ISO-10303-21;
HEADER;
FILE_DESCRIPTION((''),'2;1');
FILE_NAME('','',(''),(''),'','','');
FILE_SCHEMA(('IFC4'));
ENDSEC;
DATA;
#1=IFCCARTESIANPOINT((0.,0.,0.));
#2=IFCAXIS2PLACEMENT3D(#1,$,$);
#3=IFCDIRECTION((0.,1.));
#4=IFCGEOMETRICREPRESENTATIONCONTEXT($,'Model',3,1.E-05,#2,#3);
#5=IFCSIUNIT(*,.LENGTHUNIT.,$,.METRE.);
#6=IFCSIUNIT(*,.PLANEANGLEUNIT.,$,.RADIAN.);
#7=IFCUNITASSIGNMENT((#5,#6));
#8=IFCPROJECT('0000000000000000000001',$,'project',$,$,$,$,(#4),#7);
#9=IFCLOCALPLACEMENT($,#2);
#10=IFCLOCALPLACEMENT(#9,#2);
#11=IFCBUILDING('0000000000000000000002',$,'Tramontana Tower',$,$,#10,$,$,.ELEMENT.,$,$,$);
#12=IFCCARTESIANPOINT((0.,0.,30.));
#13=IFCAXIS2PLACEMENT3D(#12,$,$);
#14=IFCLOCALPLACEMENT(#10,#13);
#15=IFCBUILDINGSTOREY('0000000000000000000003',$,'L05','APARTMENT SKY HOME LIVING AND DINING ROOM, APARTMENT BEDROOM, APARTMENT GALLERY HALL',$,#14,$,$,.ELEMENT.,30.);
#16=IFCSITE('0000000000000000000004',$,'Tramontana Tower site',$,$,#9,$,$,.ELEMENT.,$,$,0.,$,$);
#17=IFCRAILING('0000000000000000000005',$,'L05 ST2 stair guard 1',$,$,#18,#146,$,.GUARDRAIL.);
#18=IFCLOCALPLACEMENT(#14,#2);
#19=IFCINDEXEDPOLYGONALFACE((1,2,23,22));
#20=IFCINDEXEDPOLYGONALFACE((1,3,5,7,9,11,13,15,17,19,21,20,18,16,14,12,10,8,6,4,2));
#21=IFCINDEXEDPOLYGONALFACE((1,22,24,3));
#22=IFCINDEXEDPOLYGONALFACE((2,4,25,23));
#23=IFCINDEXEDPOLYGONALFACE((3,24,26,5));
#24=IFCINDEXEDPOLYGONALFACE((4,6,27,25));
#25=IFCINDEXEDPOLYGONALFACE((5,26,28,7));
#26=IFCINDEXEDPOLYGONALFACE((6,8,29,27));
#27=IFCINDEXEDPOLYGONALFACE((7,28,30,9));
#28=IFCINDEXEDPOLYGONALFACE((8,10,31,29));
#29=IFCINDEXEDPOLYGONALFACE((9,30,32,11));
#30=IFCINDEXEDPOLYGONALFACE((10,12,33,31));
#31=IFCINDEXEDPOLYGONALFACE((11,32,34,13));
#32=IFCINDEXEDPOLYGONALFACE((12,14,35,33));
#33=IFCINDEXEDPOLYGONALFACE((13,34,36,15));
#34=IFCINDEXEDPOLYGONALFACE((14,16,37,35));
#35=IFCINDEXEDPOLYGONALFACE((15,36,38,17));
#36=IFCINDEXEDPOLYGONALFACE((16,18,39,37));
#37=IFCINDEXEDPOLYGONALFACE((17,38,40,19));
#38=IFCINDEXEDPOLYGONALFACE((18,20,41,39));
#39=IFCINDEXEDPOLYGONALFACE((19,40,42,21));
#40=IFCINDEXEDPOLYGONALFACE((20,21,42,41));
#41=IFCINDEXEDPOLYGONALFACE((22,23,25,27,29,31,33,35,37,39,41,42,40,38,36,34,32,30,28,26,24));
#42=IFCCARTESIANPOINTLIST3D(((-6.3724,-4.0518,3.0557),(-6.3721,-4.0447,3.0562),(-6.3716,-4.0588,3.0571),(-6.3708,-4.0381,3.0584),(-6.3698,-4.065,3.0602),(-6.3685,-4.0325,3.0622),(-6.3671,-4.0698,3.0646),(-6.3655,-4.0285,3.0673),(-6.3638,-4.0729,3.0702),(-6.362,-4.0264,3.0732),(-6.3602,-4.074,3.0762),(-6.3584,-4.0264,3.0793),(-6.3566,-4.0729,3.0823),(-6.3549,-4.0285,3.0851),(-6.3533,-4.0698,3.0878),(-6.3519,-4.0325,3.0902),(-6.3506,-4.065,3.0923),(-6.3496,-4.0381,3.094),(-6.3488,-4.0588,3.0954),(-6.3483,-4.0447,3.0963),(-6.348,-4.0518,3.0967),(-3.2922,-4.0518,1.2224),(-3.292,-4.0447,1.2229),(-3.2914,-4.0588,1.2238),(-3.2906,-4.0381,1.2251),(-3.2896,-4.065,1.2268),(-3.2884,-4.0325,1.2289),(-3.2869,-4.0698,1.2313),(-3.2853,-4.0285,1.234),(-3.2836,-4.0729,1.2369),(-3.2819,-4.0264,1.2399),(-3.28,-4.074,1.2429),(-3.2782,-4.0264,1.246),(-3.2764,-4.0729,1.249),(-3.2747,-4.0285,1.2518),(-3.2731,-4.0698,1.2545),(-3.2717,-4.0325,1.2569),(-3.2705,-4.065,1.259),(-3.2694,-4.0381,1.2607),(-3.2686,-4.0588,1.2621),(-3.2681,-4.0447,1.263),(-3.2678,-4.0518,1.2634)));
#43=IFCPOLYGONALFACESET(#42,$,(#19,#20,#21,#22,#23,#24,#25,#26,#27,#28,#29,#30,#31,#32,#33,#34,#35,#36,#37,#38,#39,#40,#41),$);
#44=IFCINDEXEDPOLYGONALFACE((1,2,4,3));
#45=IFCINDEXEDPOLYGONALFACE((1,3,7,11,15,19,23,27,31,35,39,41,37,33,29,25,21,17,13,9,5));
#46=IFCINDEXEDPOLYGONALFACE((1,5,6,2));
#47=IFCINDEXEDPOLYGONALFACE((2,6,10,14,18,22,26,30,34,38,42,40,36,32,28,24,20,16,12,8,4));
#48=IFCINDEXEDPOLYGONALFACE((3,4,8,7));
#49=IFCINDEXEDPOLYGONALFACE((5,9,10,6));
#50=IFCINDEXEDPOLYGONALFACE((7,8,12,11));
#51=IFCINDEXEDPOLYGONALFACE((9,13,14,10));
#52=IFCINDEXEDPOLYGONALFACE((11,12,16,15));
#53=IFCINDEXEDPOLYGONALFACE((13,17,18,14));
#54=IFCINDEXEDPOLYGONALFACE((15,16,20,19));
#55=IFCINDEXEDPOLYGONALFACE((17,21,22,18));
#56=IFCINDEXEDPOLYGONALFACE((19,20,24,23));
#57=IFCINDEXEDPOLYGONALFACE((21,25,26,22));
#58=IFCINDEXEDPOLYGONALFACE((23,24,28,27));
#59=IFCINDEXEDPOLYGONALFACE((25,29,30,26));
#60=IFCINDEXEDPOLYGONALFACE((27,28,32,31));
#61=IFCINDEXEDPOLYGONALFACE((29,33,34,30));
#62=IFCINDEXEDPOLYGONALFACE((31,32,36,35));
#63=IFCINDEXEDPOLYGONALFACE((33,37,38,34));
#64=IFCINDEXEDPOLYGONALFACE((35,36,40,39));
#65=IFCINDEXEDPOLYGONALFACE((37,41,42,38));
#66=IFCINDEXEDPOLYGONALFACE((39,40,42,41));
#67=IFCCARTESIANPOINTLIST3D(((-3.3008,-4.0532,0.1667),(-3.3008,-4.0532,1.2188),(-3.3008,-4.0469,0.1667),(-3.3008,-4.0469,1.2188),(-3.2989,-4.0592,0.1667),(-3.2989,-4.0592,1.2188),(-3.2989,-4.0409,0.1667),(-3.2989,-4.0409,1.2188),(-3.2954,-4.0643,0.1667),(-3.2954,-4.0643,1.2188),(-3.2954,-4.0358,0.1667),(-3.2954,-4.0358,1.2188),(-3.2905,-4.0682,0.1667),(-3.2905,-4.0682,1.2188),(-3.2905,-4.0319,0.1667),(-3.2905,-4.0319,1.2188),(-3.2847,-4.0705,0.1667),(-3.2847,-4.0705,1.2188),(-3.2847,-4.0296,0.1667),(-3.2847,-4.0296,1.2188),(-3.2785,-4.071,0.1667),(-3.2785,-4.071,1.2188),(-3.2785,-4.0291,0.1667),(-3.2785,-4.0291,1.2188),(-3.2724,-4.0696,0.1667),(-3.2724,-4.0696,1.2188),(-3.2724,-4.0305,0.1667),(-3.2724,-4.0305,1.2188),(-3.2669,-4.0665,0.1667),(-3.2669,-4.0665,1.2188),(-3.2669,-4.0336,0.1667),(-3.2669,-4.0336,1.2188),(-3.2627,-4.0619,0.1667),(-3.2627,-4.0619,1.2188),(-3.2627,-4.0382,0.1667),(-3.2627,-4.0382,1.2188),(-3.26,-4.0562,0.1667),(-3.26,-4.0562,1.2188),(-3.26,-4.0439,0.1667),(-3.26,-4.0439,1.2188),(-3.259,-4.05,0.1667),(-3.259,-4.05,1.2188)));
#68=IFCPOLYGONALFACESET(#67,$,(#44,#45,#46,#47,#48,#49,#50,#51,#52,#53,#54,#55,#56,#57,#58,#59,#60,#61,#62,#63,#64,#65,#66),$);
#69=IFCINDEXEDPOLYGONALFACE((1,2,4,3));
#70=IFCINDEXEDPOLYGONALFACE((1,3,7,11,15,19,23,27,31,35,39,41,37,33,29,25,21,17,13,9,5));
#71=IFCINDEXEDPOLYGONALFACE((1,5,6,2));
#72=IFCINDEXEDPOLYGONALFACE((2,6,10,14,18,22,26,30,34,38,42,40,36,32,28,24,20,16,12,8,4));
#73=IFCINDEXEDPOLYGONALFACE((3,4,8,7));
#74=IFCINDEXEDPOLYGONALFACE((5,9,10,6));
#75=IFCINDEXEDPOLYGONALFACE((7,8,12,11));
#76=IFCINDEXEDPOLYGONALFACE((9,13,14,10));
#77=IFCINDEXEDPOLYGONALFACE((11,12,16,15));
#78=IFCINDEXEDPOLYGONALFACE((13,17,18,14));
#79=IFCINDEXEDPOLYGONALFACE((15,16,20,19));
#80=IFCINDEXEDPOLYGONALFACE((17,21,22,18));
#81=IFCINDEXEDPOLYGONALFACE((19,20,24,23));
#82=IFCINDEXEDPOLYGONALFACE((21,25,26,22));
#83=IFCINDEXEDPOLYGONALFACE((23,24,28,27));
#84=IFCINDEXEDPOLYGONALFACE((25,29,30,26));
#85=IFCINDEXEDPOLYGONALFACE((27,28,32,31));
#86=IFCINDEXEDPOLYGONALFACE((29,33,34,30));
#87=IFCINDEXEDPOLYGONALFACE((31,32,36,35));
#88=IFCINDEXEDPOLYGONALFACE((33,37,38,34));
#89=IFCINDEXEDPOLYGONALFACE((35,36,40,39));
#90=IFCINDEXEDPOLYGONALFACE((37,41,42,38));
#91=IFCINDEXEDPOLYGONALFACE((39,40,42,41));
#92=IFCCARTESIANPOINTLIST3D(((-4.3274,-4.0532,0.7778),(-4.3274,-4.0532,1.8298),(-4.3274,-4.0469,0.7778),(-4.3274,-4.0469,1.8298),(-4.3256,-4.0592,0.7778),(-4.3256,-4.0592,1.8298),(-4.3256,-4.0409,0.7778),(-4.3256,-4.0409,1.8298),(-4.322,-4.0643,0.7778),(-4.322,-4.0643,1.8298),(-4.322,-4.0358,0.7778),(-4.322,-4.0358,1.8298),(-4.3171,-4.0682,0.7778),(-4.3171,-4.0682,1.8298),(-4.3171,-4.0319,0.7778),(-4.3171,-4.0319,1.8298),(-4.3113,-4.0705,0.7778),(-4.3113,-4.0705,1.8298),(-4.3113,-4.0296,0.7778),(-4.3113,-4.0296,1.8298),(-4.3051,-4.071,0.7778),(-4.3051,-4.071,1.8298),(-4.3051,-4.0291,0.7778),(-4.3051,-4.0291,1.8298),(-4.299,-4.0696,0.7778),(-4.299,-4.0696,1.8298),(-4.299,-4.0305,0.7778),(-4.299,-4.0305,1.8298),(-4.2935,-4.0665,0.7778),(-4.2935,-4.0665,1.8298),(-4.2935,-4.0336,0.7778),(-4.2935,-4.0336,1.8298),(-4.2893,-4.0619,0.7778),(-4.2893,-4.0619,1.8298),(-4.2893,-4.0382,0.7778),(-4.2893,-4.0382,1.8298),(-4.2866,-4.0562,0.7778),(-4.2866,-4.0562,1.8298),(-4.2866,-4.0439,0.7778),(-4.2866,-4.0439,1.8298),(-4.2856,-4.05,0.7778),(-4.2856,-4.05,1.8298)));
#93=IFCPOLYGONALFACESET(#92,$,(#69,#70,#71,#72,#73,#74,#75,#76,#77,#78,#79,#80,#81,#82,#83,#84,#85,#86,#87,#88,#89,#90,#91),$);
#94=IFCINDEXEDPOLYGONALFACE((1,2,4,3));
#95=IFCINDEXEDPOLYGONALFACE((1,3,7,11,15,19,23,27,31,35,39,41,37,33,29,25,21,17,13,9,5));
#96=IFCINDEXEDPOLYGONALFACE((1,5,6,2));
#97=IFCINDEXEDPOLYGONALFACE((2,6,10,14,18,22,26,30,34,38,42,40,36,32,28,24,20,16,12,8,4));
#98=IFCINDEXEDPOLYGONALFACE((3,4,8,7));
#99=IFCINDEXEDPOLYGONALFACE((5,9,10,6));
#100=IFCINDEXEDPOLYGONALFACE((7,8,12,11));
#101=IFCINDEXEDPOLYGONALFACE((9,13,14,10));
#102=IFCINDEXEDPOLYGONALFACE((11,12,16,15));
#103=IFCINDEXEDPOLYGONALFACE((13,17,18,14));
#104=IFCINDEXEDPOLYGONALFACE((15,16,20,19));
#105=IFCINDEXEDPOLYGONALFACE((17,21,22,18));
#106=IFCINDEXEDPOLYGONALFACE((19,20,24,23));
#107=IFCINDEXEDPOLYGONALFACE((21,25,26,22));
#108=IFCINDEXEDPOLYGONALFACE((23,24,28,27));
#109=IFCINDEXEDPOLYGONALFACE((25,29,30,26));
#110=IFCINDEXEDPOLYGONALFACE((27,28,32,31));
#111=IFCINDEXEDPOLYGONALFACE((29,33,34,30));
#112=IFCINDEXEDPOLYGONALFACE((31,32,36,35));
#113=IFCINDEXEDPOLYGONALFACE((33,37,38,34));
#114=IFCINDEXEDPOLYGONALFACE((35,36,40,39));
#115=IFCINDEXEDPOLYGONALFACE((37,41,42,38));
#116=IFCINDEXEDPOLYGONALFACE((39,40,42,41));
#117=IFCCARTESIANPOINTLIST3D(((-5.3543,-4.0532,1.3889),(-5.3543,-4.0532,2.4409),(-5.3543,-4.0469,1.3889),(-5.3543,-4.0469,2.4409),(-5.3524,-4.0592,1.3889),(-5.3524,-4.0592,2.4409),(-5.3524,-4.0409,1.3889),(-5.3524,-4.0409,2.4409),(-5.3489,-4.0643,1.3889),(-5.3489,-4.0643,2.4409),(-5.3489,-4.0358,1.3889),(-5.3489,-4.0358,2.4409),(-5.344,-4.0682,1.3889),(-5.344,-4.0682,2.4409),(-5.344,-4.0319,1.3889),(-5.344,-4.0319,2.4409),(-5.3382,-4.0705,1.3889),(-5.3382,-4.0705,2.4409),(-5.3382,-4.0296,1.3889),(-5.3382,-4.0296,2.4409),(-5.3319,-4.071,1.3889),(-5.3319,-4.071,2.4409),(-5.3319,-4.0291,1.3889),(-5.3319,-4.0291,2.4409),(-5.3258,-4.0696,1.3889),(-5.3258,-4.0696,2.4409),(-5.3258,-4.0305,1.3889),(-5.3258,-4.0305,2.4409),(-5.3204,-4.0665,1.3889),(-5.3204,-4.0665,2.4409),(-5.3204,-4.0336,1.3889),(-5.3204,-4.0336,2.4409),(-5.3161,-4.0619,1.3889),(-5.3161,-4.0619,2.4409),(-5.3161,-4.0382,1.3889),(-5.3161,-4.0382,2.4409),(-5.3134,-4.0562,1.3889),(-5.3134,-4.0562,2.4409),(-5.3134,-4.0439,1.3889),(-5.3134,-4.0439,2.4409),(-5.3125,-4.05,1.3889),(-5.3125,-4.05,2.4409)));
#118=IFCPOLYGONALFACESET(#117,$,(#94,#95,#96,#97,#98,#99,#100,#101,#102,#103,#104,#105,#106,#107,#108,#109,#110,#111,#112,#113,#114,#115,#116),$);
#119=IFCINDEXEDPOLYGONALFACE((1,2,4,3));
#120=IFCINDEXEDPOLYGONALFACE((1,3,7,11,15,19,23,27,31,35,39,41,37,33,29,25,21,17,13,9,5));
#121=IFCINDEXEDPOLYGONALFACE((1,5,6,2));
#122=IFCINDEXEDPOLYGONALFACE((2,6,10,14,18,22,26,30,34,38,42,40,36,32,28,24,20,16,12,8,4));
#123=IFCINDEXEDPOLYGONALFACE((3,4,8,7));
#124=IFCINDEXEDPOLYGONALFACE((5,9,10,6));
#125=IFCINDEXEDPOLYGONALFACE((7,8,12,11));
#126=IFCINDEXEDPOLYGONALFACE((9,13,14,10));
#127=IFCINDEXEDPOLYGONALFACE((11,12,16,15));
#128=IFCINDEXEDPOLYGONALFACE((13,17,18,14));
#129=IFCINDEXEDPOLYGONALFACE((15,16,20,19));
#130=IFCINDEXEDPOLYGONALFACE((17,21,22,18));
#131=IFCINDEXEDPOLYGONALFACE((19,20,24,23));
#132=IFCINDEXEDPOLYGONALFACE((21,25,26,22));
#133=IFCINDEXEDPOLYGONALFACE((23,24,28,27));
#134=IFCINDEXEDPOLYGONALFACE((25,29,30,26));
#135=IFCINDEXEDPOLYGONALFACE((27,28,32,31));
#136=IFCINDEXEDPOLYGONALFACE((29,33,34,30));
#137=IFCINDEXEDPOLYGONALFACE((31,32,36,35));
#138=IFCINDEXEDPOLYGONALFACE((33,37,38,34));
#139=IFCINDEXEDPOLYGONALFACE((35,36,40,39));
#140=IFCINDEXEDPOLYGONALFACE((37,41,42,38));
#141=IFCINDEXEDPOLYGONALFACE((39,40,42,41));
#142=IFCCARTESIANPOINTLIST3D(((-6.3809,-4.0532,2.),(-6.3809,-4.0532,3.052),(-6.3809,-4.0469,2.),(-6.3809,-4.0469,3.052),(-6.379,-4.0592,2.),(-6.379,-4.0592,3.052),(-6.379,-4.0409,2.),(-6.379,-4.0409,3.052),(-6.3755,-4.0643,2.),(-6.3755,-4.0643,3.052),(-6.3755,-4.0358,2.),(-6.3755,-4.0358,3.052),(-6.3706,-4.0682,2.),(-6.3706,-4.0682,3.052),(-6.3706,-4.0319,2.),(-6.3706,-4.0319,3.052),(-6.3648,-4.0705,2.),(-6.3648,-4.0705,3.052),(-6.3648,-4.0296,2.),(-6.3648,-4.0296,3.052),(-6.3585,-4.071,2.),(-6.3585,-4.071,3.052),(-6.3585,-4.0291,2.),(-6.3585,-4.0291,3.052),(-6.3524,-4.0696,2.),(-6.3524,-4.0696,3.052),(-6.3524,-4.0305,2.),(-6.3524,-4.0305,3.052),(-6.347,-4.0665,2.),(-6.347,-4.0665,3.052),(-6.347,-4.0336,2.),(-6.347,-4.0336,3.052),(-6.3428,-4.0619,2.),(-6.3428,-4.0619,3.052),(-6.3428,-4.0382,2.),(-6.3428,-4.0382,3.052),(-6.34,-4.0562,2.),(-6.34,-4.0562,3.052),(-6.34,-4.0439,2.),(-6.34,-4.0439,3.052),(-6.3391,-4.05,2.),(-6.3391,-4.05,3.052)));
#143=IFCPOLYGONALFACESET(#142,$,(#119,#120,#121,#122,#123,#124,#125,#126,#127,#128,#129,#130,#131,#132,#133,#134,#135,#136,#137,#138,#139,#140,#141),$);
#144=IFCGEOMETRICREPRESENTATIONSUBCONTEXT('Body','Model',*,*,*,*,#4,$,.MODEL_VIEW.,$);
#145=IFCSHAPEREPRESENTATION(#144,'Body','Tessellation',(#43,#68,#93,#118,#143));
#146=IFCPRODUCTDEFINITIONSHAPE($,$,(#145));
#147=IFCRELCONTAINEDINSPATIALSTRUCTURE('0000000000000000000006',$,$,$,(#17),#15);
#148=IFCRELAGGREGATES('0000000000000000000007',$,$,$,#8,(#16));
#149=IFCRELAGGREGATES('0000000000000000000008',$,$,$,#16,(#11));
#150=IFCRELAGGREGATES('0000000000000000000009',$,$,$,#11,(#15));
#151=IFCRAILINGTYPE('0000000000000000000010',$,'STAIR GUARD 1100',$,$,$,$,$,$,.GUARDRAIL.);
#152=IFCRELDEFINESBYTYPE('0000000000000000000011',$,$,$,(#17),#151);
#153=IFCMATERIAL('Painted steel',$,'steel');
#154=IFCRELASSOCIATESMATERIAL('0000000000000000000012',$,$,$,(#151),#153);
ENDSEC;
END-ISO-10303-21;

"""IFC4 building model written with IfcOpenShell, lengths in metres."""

from ifc_helpers import new_model, si_unit, direction, frame, origin, origin_2d, place, context, subcontext, project, spatial, circle, extrude, material, type_object, element, save


model = new_model("IFC4")

# Units and contexts
model_context = context("Model", 3, precision=1e-05, world=origin(), true_north=direction((0.0, 1.0)))
body_context = subcontext(model_context, "Body", "Model", "MODEL_VIEW")
ifc_project = project(units=[si_unit("LENGTHUNIT", "METRE"), si_unit("PLANEANGLEUNIT", "RADIAN")], contexts=[model_context])

# Site, building, storey
site_placement = place(None, origin())
site = spatial("IfcSite", under=ifc_project, at=site_placement, Name="Tramontana Tower site", CompositionType="ELEMENT", RefElevation=0.0)
building_placement = place(site_placement, origin())
building = spatial("IfcBuilding", under=site, at=building_placement, Name="Tramontana Tower", CompositionType="ELEMENT")
storey_placement = place(building_placement, frame((0.0, 0.0, 30.0)))
storey = spatial("IfcBuildingStorey", under=building, at=storey_placement, Name="L05", Description="APARTMENT SKY HOME LIVING AND DINING ROOM, APARTMENT BEDROOM, APARTMENT GALLERY HALL", CompositionType="ELEMENT", Elevation=30.0)

# Railing
ifc_material_1 = material(Name="Painted steel", Category="steel")
railing_type_1 = type_object("IfcRailingType", Name="STAIR GUARD 1100", PredefinedType="GUARDRAIL", material=ifc_material_1)
railing_1_placement = place(storey_placement, frame((-3.28, -4.05, 0.1667)))
element("IfcRailing", 1, at=railing_1_placement, inside=storey, type_object=railing_type_1, Name="L05 ST2 stair guard 1", PredefinedType="GUARDRAIL", context=body_context, shape_type="SweptSolid", body=[
    extrude(circle(Radius=0.0239, at=origin_2d()), frame((0.0, 0.0, 1.0762), z_axis=(-0.859309, 0.0, 0.511458), x_axis=(0.0, -1.0, 0.0)), (0.0, 0.0, 1.0), 3.5845),
    extrude(circle(Radius=0.021, at=origin_2d()), origin(), (0.0, 0.0, 1.0), 1.052),
    extrude(circle(Radius=0.021, at=origin_2d()), frame((-1.0266, 0.0, 0.6111)), (0.0, 0.0, 1.0), 1.052),
    extrude(circle(Radius=0.021, at=origin_2d()), frame((-2.0535, 0.0, 1.2222)), (0.0, 0.0, 1.0), 1.052),
    extrude(circle(Radius=0.021, at=origin_2d()), frame((-3.0801, 0.0, 1.8333)), (0.0, 0.0, 1.0), 1.052),
])

save(model, "model.ifc")
